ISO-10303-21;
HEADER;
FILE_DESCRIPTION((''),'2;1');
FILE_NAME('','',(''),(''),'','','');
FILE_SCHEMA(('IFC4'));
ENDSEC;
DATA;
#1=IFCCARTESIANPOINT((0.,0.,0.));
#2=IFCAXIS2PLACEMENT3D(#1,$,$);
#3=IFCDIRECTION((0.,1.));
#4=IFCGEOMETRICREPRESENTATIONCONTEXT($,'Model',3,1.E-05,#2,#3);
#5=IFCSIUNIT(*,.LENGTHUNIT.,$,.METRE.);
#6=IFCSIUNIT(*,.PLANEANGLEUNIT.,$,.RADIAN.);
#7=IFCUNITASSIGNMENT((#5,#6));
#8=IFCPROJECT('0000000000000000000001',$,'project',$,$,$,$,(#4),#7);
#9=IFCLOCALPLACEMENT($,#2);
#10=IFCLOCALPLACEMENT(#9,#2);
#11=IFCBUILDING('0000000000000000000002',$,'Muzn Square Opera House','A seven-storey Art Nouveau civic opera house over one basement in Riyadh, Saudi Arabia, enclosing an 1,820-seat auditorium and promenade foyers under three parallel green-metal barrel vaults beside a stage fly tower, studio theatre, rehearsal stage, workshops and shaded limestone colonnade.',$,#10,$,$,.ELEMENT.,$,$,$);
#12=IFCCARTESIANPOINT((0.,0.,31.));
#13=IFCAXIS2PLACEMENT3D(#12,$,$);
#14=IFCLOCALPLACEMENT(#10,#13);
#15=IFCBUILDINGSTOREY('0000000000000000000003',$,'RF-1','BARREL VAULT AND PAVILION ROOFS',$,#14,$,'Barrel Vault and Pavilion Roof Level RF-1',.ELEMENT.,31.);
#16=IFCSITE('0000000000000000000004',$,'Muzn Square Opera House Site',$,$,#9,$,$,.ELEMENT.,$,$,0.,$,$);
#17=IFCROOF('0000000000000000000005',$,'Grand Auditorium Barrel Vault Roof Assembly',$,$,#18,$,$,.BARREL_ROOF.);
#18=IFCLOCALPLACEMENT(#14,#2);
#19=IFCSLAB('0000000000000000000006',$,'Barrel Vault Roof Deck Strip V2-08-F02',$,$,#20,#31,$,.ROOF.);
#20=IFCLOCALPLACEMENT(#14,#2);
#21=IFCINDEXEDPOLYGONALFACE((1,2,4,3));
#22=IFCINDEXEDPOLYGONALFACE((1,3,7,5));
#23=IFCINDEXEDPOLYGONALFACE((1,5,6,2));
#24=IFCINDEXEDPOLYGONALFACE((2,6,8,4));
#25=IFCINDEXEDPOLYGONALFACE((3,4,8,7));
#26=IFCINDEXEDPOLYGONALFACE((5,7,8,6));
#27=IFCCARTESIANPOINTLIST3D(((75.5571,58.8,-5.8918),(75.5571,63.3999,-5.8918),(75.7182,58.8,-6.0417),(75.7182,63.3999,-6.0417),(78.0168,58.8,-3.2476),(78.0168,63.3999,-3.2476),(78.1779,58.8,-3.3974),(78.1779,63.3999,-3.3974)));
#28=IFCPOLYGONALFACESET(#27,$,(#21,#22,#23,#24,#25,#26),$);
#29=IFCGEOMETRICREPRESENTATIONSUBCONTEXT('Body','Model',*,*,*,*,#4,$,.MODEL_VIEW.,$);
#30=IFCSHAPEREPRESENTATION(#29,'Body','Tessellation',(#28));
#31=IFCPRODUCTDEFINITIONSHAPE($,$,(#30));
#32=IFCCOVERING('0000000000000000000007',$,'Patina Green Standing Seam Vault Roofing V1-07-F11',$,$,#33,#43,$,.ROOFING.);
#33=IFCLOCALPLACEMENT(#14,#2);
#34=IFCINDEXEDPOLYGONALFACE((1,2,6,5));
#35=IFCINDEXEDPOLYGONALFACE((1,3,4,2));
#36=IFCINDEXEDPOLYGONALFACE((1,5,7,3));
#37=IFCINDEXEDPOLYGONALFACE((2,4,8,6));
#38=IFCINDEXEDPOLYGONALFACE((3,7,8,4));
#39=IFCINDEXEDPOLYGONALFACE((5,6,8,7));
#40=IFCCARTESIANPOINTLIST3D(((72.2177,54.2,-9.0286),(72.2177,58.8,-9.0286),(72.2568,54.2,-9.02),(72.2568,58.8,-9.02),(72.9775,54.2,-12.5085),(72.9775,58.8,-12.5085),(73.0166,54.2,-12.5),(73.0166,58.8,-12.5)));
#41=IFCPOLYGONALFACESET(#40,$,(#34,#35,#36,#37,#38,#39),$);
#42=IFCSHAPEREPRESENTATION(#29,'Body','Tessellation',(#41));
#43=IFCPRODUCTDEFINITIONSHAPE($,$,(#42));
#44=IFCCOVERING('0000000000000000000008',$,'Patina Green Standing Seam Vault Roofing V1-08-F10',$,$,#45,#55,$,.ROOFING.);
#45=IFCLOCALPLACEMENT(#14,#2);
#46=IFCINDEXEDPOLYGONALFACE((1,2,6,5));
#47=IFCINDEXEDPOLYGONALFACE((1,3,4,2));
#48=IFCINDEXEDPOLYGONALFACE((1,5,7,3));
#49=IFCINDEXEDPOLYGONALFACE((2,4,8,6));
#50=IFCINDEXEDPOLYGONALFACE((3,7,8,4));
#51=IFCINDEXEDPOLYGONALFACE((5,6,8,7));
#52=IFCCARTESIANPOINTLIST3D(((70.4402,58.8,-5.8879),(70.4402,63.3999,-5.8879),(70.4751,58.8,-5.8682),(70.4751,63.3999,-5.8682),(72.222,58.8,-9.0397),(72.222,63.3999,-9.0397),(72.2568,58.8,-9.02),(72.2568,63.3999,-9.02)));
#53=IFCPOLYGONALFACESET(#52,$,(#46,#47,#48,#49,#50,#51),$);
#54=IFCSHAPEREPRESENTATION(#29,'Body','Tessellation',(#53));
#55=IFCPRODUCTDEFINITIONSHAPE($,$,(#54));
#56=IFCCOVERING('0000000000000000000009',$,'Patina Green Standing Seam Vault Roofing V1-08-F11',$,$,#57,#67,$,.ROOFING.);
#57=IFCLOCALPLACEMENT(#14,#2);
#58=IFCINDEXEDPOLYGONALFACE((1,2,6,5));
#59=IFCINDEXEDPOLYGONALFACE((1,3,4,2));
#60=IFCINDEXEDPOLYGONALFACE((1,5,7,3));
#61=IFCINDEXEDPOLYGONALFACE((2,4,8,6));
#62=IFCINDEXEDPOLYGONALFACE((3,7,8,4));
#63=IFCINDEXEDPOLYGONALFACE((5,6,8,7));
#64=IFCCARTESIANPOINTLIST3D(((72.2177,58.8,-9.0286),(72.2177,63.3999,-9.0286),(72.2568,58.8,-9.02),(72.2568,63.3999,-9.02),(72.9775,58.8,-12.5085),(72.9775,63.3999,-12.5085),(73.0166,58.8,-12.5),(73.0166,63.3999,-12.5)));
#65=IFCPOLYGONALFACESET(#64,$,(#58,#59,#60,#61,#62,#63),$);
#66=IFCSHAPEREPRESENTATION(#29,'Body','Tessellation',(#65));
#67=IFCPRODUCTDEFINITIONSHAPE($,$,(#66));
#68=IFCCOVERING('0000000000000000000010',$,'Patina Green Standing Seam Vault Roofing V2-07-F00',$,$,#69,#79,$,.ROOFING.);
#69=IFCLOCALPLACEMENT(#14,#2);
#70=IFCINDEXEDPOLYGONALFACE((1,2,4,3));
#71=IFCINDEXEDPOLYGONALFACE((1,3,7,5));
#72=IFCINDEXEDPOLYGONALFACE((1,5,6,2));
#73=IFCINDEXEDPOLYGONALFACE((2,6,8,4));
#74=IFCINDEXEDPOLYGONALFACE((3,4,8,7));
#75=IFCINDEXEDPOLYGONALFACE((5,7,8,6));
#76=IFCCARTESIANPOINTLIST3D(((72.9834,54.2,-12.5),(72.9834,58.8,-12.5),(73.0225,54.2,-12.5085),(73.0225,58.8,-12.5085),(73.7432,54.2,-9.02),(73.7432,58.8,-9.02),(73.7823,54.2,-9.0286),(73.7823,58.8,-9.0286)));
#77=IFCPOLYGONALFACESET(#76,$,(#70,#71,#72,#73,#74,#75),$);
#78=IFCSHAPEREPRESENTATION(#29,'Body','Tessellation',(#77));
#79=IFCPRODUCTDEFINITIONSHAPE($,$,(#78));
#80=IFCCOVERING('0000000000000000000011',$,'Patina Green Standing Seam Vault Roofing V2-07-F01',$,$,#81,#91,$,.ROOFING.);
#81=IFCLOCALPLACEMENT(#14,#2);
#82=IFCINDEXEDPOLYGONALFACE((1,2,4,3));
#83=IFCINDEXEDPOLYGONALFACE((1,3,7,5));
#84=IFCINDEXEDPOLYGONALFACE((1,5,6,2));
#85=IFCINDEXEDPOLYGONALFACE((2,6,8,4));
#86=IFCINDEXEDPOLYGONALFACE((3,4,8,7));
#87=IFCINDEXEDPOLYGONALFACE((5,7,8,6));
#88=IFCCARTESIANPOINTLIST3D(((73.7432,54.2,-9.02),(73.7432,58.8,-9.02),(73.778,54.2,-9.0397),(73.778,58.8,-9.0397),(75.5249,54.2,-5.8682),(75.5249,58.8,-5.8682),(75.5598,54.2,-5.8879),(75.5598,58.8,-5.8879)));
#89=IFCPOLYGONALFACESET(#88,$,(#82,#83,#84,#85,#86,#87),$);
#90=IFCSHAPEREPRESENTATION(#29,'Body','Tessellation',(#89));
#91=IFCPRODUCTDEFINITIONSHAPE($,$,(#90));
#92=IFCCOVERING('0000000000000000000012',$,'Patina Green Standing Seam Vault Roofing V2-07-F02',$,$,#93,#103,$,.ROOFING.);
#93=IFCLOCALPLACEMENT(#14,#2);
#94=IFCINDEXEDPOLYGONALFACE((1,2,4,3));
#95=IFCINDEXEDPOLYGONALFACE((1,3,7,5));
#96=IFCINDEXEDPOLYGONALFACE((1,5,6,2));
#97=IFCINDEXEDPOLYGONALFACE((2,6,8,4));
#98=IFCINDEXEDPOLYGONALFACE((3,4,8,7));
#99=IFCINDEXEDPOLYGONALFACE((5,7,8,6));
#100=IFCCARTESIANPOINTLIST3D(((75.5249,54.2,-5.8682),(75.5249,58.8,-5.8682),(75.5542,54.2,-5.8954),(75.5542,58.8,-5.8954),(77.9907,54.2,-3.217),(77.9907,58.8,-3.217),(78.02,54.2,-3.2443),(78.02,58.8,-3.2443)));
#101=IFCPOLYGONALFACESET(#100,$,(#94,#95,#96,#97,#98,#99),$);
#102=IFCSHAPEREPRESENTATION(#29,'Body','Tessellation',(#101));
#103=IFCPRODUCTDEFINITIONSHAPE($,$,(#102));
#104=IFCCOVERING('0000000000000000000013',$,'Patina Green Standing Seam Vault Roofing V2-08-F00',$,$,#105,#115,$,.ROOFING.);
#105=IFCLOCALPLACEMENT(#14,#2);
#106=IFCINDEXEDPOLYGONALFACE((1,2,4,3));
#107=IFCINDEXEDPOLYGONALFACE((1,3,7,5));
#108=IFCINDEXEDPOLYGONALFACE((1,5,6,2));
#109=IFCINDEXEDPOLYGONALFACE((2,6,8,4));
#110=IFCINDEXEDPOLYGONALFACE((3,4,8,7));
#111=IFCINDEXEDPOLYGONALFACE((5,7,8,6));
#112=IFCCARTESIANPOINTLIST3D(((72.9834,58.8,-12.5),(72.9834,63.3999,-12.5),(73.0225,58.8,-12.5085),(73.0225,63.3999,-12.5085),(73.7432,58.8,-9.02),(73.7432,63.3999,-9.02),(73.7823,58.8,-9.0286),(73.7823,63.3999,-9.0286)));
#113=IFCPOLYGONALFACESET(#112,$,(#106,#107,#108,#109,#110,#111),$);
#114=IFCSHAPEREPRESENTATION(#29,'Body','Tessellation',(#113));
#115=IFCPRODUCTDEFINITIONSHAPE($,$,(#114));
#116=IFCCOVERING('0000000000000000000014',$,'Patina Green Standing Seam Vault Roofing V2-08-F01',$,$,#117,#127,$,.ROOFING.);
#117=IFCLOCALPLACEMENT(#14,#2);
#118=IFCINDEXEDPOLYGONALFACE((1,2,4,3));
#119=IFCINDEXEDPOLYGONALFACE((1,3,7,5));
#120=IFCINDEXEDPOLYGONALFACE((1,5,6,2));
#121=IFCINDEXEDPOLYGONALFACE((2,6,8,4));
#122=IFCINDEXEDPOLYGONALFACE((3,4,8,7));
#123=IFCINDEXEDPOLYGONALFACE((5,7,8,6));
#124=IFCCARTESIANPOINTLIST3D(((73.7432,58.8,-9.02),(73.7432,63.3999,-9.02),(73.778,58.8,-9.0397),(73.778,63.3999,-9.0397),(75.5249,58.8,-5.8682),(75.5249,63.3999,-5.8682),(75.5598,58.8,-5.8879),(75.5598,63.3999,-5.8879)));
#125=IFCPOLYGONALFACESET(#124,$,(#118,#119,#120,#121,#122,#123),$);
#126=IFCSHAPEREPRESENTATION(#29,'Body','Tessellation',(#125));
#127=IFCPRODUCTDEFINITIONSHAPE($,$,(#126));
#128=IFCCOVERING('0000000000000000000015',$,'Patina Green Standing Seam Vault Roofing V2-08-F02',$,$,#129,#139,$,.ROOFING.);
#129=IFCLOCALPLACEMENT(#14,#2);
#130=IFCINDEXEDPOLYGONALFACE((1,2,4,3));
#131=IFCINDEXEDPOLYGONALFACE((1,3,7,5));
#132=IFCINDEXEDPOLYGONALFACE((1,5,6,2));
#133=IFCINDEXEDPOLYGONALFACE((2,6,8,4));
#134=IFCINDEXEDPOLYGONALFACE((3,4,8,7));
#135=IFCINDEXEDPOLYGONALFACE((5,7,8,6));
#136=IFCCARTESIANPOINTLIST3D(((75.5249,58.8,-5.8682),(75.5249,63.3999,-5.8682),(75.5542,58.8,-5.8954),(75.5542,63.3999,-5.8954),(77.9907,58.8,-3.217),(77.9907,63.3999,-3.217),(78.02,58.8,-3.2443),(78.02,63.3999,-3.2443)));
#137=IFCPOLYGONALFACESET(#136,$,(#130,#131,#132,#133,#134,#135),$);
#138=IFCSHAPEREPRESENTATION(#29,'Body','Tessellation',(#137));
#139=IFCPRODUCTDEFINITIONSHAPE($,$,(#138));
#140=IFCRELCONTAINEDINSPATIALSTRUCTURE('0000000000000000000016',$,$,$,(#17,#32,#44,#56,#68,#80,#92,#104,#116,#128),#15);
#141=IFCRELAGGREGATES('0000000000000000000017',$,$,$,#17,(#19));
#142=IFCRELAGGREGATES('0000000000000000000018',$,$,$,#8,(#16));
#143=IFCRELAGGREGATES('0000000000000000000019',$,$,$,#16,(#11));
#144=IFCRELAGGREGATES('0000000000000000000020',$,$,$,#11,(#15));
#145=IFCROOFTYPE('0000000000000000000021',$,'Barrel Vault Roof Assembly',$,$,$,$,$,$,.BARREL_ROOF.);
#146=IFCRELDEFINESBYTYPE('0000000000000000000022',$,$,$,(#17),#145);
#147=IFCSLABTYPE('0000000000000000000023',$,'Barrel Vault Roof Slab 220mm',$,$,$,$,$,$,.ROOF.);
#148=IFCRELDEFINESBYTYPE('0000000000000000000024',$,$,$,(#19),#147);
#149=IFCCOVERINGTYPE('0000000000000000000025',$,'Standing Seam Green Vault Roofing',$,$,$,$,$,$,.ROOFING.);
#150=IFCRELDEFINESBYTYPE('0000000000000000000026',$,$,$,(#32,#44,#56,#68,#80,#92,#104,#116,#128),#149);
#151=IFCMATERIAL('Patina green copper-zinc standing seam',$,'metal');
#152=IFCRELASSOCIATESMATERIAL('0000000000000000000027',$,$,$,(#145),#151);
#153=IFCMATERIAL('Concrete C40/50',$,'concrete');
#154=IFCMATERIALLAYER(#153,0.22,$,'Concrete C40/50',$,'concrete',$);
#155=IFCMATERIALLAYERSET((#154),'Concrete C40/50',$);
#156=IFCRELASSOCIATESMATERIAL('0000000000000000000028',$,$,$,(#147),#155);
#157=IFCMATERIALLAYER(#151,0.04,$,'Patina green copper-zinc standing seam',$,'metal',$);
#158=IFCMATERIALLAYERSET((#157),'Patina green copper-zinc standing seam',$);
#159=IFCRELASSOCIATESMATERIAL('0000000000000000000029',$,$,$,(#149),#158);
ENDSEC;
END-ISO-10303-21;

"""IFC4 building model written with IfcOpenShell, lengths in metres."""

from ifc_helpers import new_model, si_unit, direction, frame, origin, place, context, subcontext, project, spatial, polyline, outline, extrude, material, layer, layer_set, type_object, element, aggregate, save


model = new_model("IFC4")

# Units and contexts
model_context = context("Model", 3, precision=1e-05, world=origin(), true_north=direction((0.0, 1.0)))
body_context = subcontext(model_context, "Body", "Model", "MODEL_VIEW")
ifc_project = project(units=[si_unit("LENGTHUNIT", "METRE"), si_unit("PLANEANGLEUNIT", "RADIAN")], contexts=[model_context])

# Site, building, storey
site_placement = place(None, origin())
site = spatial("IfcSite", under=ifc_project, at=site_placement, Name="Muzn Square Opera House Site", CompositionType="ELEMENT", RefElevation=0.0)
building_placement = place(site_placement, origin())
building = spatial("IfcBuilding", under=site, at=building_placement, Name="Muzn Square Opera House", Description="A seven-storey Art Nouveau civic opera house over one basement in Riyadh, Saudi Arabia, enclosing an 1,820-seat auditorium and promenade foyers under three parallel green-metal barrel vaults beside a stage fly tower, studio theatre, rehearsal stage, workshops and shaded limestone colonnade.", CompositionType="ELEMENT")
storey_placement = place(building_placement, frame((0.0, 0.0, 31.0)))
storey = spatial("IfcBuildingStorey", under=building, at=storey_placement, Name="RF-1", Description="BARREL VAULT AND PAVILION ROOFS", LongName="Barrel Vault and Pavilion Roof Level RF-1", CompositionType="ELEMENT", Elevation=31.0)

# Roof, slab
ifc_material_1 = material(Name="Patina green copper-zinc standing seam", Category="metal")
roof_type = type_object("IfcRoofType", Name="Barrel Vault Roof Assembly", PredefinedType="BARREL_ROOF", material=ifc_material_1)
ifc_material_2 = material(Name="Concrete C40/50", Category="concrete")
ifc_layer_1 = layer(ifc_material_2, 0.22, Name="Concrete C40/50", Category="concrete")
ifc_layer_set_1 = layer_set([ifc_layer_1], Name="Concrete C40/50")
slab_type = type_object("IfcSlabType", Name="Barrel Vault Roof Slab 220mm", PredefinedType="ROOF", material=ifc_layer_set_1)
roof_1_placement = place(storey_placement, origin())
roof_1 = element("IfcRoof", 1, at=roof_1_placement, inside=storey, type_object=roof_type, Name="Grand Auditorium Barrel Vault Roof Assembly", PredefinedType="BARREL_ROOF")
slab_1_placement = place(storey_placement, frame((78.0168, 58.8, -3.2476), z_axis=(-0.732198, 0.0, 0.681091), x_axis=(0.0, 1.0, 0.0)))
slab_1 = element("IfcSlab", 2, at=slab_1_placement, type_object=slab_type, Name="Barrel Vault Roof Deck Strip V2-08-F02", PredefinedType="ROOF", context=body_context, shape_type="SweptSolid", body=[
    extrude(outline(polyline([(0.0, 3.6114), (0.0, 0.0), (4.5999, 0.0), (4.5999, 3.6114), (0.0, 3.6114)])), origin(), (0.0, 0.0, -1.0), 0.22),
])
aggregate(roof_1, [slab_1])

# Coverings
ifc_layer_2 = layer(ifc_material_1, 0.04, Name="Patina green copper-zinc standing seam", Category="metal")
ifc_layer_set_2 = layer_set([ifc_layer_2], Name="Patina green copper-zinc standing seam")
covering_type = type_object("IfcCoveringType", Name="Standing Seam Green Vault Roofing", PredefinedType="ROOFING", material=ifc_layer_set_2)
covering_1_placement = place(storey_placement, frame((72.2568, 54.2, -9.02), z_axis=(0.976987, 0.0, 0.2133), x_axis=(0.2133, 0.0, -0.976987)))
element("IfcCovering", 3, at=covering_1_placement, inside=storey, type_object=covering_type, Name="Patina Green Standing Seam Vault Roofing V1-07-F11", PredefinedType="ROOFING", context=body_context, shape_type="SweptSolid", body=[
    extrude(outline(polyline([(0.0, 0.0), (3.562, 0.0), (3.562, 4.6001), (0.0, 4.6001), (0.0, 0.0)])), origin(), (0.0, 0.0, -1.0), 0.04),
])
covering_2_placement = place(storey_placement, frame((70.4751, 58.8, -5.8682), z_axis=(0.870533, 0.0, 0.492111), x_axis=(0.492111, 0.0, -0.870533)))
element("IfcCovering", 4, at=covering_2_placement, inside=storey, type_object=covering_type, Name="Patina Green Standing Seam Vault Roofing V1-08-F10", PredefinedType="ROOFING", context=body_context, shape_type="SweptSolid", body=[
    extrude(outline(polyline([(0.0, 0.0), (3.6206, 0.0), (3.6206, 4.5999), (0.0, 4.5999), (0.0, 0.0)])), origin(), (0.0, 0.0, -1.0), 0.04),
])
covering_3_placement = place(storey_placement, frame((72.2568, 58.8, -9.02), z_axis=(0.976987, 0.0, 0.2133), x_axis=(0.2133, 0.0, -0.976987)))
element("IfcCovering", 5, at=covering_3_placement, inside=storey, type_object=covering_type, Name="Patina Green Standing Seam Vault Roofing V1-08-F11", PredefinedType="ROOFING", context=body_context, shape_type="SweptSolid", body=[
    extrude(outline(polyline([(0.0, 0.0), (3.562, 0.0), (3.562, 4.5999), (0.0, 4.5999), (0.0, 0.0)])), origin(), (0.0, 0.0, -1.0), 0.04),
])
covering_4_placement = place(storey_placement, frame((73.7432, 54.2, -9.02), z_axis=(-0.976987, 0.0, 0.2133), x_axis=(0.0, 1.0, 0.0)))
element("IfcCovering", 6, at=covering_4_placement, inside=storey, type_object=covering_type, Name="Patina Green Standing Seam Vault Roofing V2-07-F00", PredefinedType="ROOFING", context=body_context, shape_type="SweptSolid", body=[
    extrude(outline(polyline([(0.0, 3.562), (0.0, 0.0), (4.6001, 0.0), (4.6001, 3.562), (0.0, 3.562)])), origin(), (0.0, 0.0, -1.0), 0.04),
])
covering_5_placement = place(storey_placement, frame((75.5249, 54.2, -5.8682), z_axis=(-0.870533, 0.0, 0.492111), x_axis=(0.0, 1.0, 0.0)))
element("IfcCovering", 7, at=covering_5_placement, inside=storey, type_object=covering_type, Name="Patina Green Standing Seam Vault Roofing V2-07-F01", PredefinedType="ROOFING", context=body_context, shape_type="SweptSolid", body=[
    extrude(outline(polyline([(0.0, 3.6206), (0.0, 0.0), (4.6001, 0.0), (4.6001, 3.6206), (0.0, 3.6206)])), origin(), (0.0, 0.0, -1.0), 0.04),
])
covering_6_placement = place(storey_placement, frame((77.9907, 54.2, -3.217), z_axis=(-0.732234, 0.0, 0.681053), x_axis=(0.0, 1.0, 0.0)))
element("IfcCovering", 8, at=covering_6_placement, inside=storey, type_object=covering_type, Name="Patina Green Standing Seam Vault Roofing V2-07-F02", PredefinedType="ROOFING", context=body_context, shape_type="SweptSolid", body=[
    extrude(outline(polyline([(0.0, 3.6206), (0.0, 0.0), (4.6001, 0.0), (4.6001, 3.6206), (0.0, 3.6206)])), origin(), (0.0, 0.0, -1.0), 0.04),
])
covering_7_placement = place(storey_placement, frame((73.7432, 58.8, -9.02), z_axis=(-0.976987, 0.0, 0.2133), x_axis=(0.0, 1.0, 0.0)))
element("IfcCovering", 9, at=covering_7_placement, inside=storey, type_object=covering_type, Name="Patina Green Standing Seam Vault Roofing V2-08-F00", PredefinedType="ROOFING", context=body_context, shape_type="SweptSolid", body=[
    extrude(outline(polyline([(0.0, 3.562), (0.0, 0.0), (4.5999, 0.0), (4.5999, 3.562), (0.0, 3.562)])), origin(), (0.0, 0.0, -1.0), 0.04),
])
covering_8_placement = place(storey_placement, frame((75.5249, 58.8, -5.8682), z_axis=(-0.870533, 0.0, 0.492111), x_axis=(0.0, 1.0, 0.0)))
element("IfcCovering", 10, at=covering_8_placement, inside=storey, type_object=covering_type, Name="Patina Green Standing Seam Vault Roofing V2-08-F01", PredefinedType="ROOFING", context=body_context, shape_type="SweptSolid", body=[
    extrude(outline(polyline([(0.0, 3.6206), (0.0, 0.0), (4.5999, 0.0), (4.5999, 3.6206), (0.0, 3.6206)])), origin(), (0.0, 0.0, -1.0), 0.04),
])
covering_9_placement = place(storey_placement, frame((77.9907, 58.8, -3.217), z_axis=(-0.732234, 0.0, 0.681053), x_axis=(0.0, 1.0, 0.0)))
element("IfcCovering", 11, at=covering_9_placement, inside=storey, type_object=covering_type, Name="Patina Green Standing Seam Vault Roofing V2-08-F02", PredefinedType="ROOFING", context=body_context, shape_type="SweptSolid", body=[
    extrude(outline(polyline([(0.0, 3.6206), (0.0, 0.0), (4.5999, 0.0), (4.5999, 3.6206), (0.0, 3.6206)])), origin(), (0.0, 0.0, -1.0), 0.04),
])

save(model, "model.ifc")
